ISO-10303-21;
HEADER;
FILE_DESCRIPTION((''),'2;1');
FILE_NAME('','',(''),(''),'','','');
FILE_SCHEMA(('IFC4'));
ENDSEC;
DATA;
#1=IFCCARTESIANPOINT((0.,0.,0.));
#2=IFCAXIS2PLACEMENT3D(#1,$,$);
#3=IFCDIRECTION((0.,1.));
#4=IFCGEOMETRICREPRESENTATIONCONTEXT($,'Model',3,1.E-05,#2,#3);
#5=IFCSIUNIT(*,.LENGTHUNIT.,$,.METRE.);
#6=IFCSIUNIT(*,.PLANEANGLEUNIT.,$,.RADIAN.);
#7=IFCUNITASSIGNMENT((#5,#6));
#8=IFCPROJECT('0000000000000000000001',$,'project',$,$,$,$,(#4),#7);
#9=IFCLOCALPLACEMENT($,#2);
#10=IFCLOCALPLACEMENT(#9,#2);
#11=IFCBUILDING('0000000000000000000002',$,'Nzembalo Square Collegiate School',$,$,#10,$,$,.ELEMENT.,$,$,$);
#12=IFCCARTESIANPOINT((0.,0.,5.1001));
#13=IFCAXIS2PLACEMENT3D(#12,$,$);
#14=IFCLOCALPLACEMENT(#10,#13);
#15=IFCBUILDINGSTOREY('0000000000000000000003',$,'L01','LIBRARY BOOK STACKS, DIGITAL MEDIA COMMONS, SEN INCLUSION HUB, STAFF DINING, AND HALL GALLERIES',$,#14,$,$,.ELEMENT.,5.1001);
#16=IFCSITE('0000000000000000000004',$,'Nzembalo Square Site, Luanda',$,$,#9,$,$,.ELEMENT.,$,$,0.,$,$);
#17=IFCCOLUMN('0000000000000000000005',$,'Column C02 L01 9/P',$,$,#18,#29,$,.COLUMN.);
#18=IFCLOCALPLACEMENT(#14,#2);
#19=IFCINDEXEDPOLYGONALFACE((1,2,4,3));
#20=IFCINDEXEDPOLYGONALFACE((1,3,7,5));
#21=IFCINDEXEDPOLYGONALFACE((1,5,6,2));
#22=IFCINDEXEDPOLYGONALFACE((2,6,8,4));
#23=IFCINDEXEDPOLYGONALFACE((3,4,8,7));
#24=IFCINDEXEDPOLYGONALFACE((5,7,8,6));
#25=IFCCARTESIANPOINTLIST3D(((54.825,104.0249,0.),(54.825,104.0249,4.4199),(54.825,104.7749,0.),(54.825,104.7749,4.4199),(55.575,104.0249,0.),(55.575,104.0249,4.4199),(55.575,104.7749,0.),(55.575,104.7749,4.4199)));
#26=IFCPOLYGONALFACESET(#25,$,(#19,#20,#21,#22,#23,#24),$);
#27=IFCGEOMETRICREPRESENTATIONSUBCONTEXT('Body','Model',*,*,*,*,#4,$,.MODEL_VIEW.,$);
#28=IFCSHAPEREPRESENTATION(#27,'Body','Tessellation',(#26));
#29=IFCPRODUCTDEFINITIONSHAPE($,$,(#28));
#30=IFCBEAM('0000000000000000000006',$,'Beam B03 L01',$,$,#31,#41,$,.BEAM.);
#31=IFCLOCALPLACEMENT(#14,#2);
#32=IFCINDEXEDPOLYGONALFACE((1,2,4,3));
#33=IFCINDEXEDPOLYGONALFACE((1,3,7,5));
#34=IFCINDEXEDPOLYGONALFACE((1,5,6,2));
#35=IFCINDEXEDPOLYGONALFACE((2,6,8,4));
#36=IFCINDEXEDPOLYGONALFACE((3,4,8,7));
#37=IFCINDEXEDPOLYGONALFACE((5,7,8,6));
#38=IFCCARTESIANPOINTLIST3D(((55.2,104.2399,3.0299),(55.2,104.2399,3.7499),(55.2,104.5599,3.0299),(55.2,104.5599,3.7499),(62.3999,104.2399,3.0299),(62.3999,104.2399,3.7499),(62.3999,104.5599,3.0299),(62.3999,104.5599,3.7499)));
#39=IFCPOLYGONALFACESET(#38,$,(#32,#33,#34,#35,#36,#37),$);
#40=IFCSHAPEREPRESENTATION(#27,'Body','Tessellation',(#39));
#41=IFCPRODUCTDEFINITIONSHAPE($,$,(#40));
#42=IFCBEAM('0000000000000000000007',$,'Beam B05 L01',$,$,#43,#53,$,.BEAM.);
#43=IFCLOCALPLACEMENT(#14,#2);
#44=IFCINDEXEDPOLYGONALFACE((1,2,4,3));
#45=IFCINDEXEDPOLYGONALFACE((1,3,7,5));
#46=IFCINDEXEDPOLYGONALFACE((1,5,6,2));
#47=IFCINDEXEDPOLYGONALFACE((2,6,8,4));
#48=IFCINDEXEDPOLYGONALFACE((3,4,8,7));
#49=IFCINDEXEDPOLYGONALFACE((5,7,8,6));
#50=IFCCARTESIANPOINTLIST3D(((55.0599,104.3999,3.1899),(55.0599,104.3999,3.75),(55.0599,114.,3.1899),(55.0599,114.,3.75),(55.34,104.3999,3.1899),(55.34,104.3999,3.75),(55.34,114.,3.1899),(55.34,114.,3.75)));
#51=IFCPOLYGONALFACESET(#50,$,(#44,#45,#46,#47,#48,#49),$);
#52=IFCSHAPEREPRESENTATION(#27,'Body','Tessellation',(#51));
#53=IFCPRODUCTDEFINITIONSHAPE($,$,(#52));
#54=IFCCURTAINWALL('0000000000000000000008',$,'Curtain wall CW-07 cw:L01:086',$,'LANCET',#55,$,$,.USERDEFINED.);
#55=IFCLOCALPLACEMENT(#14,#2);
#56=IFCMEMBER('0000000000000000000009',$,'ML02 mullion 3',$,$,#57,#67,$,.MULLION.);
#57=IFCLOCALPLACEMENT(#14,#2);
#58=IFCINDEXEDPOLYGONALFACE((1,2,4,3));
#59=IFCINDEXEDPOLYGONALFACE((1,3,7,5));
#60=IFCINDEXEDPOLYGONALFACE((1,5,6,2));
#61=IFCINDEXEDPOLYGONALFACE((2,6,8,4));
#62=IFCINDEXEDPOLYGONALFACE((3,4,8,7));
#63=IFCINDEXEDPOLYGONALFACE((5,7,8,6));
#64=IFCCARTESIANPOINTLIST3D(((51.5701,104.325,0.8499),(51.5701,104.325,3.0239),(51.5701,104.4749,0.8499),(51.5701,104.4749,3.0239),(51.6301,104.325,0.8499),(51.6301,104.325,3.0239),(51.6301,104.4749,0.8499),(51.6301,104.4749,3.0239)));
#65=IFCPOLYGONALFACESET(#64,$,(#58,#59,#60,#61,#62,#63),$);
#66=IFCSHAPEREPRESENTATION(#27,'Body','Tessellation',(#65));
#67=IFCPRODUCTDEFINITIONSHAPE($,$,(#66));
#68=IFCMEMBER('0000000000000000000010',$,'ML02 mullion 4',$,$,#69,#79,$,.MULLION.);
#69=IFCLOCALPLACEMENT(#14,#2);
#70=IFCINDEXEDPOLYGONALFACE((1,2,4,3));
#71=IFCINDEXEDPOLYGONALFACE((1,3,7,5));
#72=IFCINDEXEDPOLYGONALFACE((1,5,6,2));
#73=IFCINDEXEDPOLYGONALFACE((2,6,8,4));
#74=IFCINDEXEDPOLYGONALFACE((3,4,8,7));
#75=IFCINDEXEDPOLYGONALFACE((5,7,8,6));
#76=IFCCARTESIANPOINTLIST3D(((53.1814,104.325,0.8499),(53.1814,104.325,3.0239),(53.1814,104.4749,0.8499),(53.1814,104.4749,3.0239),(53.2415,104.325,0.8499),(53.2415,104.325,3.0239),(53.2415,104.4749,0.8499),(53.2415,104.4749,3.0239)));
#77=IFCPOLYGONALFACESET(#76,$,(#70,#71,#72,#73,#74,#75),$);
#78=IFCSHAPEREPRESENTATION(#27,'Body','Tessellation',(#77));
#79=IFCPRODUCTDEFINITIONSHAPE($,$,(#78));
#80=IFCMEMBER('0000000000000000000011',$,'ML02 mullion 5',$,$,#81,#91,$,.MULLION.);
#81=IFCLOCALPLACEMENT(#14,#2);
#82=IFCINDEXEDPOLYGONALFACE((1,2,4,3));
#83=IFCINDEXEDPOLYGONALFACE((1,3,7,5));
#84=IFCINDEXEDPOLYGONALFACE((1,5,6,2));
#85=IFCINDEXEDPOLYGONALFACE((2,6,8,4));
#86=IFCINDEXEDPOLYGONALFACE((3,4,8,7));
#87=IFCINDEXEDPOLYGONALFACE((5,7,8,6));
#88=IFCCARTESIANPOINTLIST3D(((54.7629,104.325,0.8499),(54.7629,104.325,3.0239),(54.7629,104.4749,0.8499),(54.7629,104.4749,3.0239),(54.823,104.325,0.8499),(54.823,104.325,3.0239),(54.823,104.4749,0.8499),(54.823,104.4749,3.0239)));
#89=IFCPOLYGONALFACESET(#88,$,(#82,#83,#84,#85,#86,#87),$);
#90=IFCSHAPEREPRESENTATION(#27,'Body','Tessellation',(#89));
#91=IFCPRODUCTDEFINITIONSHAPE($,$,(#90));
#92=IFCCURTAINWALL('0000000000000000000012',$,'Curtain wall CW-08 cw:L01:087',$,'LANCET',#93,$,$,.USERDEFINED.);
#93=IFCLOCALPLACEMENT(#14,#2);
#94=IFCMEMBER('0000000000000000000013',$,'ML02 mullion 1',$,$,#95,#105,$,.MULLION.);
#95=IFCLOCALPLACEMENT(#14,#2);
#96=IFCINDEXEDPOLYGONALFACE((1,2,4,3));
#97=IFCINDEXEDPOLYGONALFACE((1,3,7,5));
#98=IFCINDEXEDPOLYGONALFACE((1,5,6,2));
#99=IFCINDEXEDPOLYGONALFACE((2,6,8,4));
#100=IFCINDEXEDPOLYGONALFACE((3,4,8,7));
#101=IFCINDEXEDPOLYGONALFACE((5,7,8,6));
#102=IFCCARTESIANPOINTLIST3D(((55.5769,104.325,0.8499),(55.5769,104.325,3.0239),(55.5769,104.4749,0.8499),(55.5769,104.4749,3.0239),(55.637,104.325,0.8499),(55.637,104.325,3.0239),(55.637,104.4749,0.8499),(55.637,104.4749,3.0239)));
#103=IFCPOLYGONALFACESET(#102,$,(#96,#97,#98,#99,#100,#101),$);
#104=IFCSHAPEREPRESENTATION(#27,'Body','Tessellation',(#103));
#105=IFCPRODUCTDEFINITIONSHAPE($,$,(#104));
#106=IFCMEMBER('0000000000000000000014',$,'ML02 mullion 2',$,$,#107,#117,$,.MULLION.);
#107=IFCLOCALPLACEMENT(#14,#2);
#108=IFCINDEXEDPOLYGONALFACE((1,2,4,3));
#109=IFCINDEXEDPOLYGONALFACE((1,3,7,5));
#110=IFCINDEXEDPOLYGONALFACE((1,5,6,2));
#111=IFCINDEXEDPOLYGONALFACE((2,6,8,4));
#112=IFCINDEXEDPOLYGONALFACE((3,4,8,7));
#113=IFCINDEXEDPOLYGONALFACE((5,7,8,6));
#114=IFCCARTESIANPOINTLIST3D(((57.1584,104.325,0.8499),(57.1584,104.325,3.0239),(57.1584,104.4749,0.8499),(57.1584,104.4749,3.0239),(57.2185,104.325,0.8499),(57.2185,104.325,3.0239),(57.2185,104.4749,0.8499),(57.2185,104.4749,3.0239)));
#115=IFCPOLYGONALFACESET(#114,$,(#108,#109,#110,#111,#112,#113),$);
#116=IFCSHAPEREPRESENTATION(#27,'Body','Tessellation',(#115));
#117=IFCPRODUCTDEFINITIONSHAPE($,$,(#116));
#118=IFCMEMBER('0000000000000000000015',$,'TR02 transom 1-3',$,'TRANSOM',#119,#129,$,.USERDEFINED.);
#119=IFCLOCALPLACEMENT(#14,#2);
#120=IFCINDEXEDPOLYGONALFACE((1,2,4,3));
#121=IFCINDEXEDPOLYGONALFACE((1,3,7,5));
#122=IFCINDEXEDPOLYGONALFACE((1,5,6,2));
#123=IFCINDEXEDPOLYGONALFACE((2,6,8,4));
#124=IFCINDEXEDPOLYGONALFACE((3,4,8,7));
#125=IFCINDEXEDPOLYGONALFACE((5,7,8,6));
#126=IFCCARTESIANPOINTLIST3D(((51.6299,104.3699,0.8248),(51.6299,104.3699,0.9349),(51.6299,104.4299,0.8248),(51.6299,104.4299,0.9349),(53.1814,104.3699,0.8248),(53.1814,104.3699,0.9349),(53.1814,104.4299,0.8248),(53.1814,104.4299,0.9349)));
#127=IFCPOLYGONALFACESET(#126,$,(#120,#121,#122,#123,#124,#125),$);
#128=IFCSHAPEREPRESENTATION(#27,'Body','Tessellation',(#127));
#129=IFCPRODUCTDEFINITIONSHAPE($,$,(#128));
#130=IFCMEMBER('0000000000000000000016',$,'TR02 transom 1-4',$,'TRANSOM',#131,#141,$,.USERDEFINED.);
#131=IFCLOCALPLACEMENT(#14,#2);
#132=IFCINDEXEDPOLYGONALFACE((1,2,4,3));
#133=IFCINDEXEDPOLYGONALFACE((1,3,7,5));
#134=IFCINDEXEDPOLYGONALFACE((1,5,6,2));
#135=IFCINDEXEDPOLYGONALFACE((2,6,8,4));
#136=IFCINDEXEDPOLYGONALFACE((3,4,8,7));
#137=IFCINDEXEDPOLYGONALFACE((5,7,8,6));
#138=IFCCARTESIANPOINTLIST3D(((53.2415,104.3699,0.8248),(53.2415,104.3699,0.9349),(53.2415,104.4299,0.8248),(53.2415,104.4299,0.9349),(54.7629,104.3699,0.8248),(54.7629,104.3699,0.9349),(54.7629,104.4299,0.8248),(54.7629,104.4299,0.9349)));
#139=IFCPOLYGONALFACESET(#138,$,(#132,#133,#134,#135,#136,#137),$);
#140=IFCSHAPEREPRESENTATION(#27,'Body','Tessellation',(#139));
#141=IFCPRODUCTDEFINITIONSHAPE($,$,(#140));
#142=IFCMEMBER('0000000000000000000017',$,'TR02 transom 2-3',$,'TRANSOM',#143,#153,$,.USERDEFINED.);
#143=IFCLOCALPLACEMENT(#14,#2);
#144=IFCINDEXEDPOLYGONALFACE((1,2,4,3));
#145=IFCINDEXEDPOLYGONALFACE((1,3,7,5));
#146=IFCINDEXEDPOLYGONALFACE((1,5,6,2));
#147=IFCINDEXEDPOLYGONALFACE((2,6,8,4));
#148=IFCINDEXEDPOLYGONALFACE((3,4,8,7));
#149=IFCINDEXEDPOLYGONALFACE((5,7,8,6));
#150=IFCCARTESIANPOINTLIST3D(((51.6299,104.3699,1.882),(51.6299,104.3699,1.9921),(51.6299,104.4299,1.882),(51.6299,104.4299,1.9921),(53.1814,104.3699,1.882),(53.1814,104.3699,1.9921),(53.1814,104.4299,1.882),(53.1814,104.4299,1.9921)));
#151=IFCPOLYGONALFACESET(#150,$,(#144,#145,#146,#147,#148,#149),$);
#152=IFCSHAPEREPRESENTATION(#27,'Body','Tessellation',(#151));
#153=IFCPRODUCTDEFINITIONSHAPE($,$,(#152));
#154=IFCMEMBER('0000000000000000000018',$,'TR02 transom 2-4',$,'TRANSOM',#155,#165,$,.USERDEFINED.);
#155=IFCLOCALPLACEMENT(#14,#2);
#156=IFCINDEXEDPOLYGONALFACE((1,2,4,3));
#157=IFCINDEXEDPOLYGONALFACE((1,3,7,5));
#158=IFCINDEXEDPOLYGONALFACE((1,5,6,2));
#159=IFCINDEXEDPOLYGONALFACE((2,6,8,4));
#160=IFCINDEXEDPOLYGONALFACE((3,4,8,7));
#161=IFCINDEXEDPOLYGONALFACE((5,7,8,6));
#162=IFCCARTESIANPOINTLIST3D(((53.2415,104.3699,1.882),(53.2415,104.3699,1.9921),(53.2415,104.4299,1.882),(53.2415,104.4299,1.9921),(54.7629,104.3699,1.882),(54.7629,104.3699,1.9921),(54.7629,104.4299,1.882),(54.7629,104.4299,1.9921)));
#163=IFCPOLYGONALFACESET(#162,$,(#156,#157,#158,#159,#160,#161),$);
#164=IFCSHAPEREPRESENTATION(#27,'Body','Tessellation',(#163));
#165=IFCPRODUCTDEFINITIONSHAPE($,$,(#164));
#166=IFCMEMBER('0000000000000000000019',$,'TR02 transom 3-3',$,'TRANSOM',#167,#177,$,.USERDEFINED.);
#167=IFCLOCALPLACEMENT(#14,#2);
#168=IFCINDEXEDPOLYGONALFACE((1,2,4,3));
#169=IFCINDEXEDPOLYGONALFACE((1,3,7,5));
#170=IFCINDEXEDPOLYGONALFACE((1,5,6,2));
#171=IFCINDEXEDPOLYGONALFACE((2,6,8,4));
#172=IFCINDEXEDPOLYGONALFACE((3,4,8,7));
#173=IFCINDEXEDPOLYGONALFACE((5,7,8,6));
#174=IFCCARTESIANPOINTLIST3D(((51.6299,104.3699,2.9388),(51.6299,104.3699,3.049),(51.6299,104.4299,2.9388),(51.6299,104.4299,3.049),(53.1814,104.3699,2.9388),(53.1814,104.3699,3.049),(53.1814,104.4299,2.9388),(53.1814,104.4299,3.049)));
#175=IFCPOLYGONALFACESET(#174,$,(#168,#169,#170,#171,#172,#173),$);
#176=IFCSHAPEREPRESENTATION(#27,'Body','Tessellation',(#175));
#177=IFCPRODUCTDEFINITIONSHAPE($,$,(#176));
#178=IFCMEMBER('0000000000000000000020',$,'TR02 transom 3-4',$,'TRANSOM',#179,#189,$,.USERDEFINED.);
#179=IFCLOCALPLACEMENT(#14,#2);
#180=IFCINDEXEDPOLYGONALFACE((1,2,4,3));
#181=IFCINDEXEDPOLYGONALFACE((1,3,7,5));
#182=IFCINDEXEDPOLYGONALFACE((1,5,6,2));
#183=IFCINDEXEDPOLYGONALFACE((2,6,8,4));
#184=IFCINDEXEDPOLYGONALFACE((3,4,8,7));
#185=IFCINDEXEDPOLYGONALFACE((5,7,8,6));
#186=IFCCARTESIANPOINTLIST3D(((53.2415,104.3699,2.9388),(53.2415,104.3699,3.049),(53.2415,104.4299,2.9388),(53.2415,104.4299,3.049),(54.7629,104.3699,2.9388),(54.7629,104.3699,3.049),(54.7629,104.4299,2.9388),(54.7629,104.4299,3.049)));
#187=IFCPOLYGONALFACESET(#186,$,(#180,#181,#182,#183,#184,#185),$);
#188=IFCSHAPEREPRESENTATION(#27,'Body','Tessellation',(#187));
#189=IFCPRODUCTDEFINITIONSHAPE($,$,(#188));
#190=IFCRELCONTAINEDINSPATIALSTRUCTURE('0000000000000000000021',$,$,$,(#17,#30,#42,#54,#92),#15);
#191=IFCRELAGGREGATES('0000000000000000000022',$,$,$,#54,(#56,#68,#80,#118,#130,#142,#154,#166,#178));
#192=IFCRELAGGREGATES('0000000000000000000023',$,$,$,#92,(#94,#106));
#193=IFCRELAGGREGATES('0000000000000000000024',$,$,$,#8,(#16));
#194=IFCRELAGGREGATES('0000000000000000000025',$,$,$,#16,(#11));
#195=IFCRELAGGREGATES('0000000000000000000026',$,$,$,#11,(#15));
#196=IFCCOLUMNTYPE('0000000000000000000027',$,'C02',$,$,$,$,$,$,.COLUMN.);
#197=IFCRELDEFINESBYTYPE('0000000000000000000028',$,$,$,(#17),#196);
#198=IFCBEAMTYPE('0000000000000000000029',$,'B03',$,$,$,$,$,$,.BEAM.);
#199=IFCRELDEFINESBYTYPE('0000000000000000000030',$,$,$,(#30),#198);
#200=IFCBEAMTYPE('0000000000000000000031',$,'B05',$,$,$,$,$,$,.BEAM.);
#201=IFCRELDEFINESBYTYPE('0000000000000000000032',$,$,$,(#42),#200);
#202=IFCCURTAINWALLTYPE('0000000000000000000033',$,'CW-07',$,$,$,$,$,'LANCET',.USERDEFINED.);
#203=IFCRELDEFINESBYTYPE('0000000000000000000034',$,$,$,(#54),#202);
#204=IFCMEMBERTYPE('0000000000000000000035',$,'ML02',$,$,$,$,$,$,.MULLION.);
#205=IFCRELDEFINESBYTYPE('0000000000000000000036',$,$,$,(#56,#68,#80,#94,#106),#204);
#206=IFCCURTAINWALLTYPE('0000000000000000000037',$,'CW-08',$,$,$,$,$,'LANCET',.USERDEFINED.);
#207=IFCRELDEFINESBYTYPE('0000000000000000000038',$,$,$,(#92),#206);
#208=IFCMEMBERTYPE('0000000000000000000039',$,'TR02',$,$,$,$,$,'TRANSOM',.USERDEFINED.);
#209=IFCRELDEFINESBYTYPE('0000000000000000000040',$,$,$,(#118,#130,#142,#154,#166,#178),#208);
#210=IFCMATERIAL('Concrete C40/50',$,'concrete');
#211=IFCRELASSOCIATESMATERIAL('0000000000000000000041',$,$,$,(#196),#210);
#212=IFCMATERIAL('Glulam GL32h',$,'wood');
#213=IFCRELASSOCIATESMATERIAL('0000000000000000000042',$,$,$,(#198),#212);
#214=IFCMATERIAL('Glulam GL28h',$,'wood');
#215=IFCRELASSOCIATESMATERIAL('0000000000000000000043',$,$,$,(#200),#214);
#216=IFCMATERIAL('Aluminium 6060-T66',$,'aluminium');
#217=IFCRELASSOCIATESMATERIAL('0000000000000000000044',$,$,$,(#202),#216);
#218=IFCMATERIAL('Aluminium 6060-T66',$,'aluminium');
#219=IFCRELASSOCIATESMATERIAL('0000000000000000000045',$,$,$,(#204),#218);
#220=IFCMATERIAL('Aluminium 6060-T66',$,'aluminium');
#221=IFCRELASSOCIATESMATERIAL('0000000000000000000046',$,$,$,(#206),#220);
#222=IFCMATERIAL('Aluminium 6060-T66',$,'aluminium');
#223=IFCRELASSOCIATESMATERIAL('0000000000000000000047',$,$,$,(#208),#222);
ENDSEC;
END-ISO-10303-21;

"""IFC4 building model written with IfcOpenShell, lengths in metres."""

from ifc_helpers import new_model, si_unit, direction, frame, origin, origin_2d, place, context, subcontext, project, spatial, rectangle, extrude, material, material_profile, profile_set, type_object, element, aggregate, save


model = new_model("IFC4")

# Units and contexts
model_context = context("Model", 3, precision=1e-05, world=origin(), true_north=direction((0.0, 1.0)))
body_context = subcontext(model_context, "Body", "Model", "MODEL_VIEW")
ifc_project = project(units=[si_unit("LENGTHUNIT", "METRE"), si_unit("PLANEANGLEUNIT", "RADIAN")], contexts=[model_context])

# Site, building, storey
site_placement = place(None, origin())
site = spatial("IfcSite", under=ifc_project, at=site_placement, Name="Nzembalo Square Site, Luanda", CompositionType="ELEMENT", RefElevation=0.0)
building_placement = place(site_placement, origin())
building = spatial("IfcBuilding", under=site, at=building_placement, Name="Nzembalo Square Collegiate School", CompositionType="ELEMENT")
storey_placement = place(building_placement, frame((0.0, 0.0, 5.1001)))
storey = spatial("IfcBuildingStorey", under=building, at=storey_placement, Name="L01", Description="LIBRARY BOOK STACKS, DIGITAL MEDIA COMMONS, SEN INCLUSION HUB, STAFF DINING, AND HALL GALLERIES", CompositionType="ELEMENT", Elevation=5.1001)

# Column
ifc_material_1 = material(Name="Concrete C40/50", Category="concrete")
ifc_material_profile_1 = material_profile(ifc_material_1, rectangle(XDim=0.75, YDim=0.75, at=origin_2d()), Name="RC 750x750")
ifc_profile_set_1 = profile_set([ifc_material_profile_1], Name="Concrete C40/50")
column_type = type_object("IfcColumnType", Name="C02", PredefinedType="COLUMN", material=ifc_profile_set_1)
column_placement = place(storey_placement, frame((55.2, 104.3999, 0.0), z_axis=(0.0, 0.0, 1.0), x_axis=(1.0, 0.0, 0.0)))
element("IfcColumn", 1, at=column_placement, inside=storey, type_object=column_type, Name="Column C02 L01 9/P", PredefinedType="COLUMN", context=body_context, shape_type="SweptSolid", body=[
    extrude(rectangle(XDim=0.75, YDim=0.75, at=origin_2d()), origin(), (0.0, 0.0, 1.0), 4.4199),
])

# Beams
ifc_material_2 = material(Name="Glulam GL32h", Category="wood")
ifc_material_profile_2 = material_profile(ifc_material_2, rectangle(XDim=0.3201, YDim=0.72, at=origin_2d()), Name="GL32h 320x720")
ifc_profile_set_2 = profile_set([ifc_material_profile_2], Name="Glulam GL32h")
beam_type_1 = type_object("IfcBeamType", Name="B03", PredefinedType="BEAM", material=ifc_profile_set_2)
beam_1_placement = place(storey_placement, frame((55.2, 104.3999, 3.3899), z_axis=(1.0, 0.0, 0.0), x_axis=(0.0, 1.0, 0.0)))
element("IfcBeam", 2, at=beam_1_placement, inside=storey, type_object=beam_type_1, Name="Beam B03 L01", PredefinedType="BEAM", context=body_context, shape_type="SweptSolid", body=[
    extrude(rectangle(XDim=0.3201, YDim=0.72, at=origin_2d()), origin(), (0.0, 0.0, 1.0), 7.2),
])
ifc_material_3 = material(Name="Glulam GL28h", Category="wood")
ifc_material_profile_3 = material_profile(ifc_material_3, rectangle(XDim=0.28, YDim=0.5601, at=origin_2d()), Name="GL28h 280x560")
ifc_profile_set_3 = profile_set([ifc_material_profile_3], Name="Glulam GL28h")
beam_type_2 = type_object("IfcBeamType", Name="B05", PredefinedType="BEAM", material=ifc_profile_set_3)
beam_2_placement = place(storey_placement, frame((55.2, 104.3999, 3.47), z_axis=(0.0, 1.0, 0.0), x_axis=(-1.0, 0.0, 0.0)))
element("IfcBeam", 3, at=beam_2_placement, inside=storey, type_object=beam_type_2, Name="Beam B05 L01", PredefinedType="BEAM", context=body_context, shape_type="SweptSolid", body=[
    extrude(rectangle(XDim=0.28, YDim=0.5601, at=origin_2d()), origin(), (0.0, 0.0, 1.0), 9.6001),
])

# Curtain walls, members
ifc_material_4 = material(Name="Aluminium 6060-T66", Category="aluminium")
curtain_wall_type_1 = type_object("IfcCurtainWallType", Name="CW-07", ElementType="LANCET", PredefinedType="USERDEFINED", material=ifc_material_4)
curtain_wall_1_placement = place(storey_placement, origin())
curtain_wall_1 = element("IfcCurtainWall", 4, at=curtain_wall_1_placement, inside=storey, type_object=curtain_wall_type_1, Name="Curtain wall CW-07 cw:L01:086", ObjectType="LANCET", PredefinedType="USERDEFINED")
ifc_material_5 = material(Name="Aluminium 6060-T66", Category="aluminium")
ifc_material_profile_4 = material_profile(ifc_material_5, rectangle(XDim=0.0601, YDim=0.1499, at=origin_2d()), Name="ALU M60x150")
ifc_profile_set_4 = profile_set([ifc_material_profile_4], Name="Aluminium 6060-T66")
member_type_1 = type_object("IfcMemberType", Name="ML02", PredefinedType="MULLION", material=ifc_profile_set_4)
member_1_placement = place(storey_placement, frame((51.6001, 104.3999, 0.8499), z_axis=(0.0, 0.0, 1.0), x_axis=(1.0, 0.0, 0.0)))
member_1 = element("IfcMember", 5, at=member_1_placement, type_object=member_type_1, Name="ML02 mullion 3", PredefinedType="MULLION", context=body_context, shape_type="SweptSolid", body=[
    extrude(rectangle(XDim=0.0601, YDim=0.1499, at=origin_2d()), origin(), (0.0, 0.0, 1.0), 2.1741),
])
member_2_placement = place(storey_placement, frame((53.2114, 104.3999, 0.8499), z_axis=(0.0, 0.0, 1.0), x_axis=(1.0, 0.0, 0.0)))
member_2 = element("IfcMember", 6, at=member_2_placement, type_object=member_type_1, Name="ML02 mullion 4", PredefinedType="MULLION", context=body_context, shape_type="SweptSolid", body=[
    extrude(rectangle(XDim=0.0601, YDim=0.1499, at=origin_2d()), origin(), (0.0, 0.0, 1.0), 2.1741),
])
member_3_placement = place(storey_placement, frame((54.793, 104.3999, 0.8499), z_axis=(0.0, 0.0, 1.0), x_axis=(1.0, 0.0, 0.0)))
member_3 = element("IfcMember", 7, at=member_3_placement, type_object=member_type_1, Name="ML02 mullion 5", PredefinedType="MULLION", context=body_context, shape_type="SweptSolid", body=[
    extrude(rectangle(XDim=0.0601, YDim=0.1499, at=origin_2d()), origin(), (0.0, 0.0, 1.0), 2.1741),
])
ifc_material_6 = material(Name="Aluminium 6060-T66", Category="aluminium")
curtain_wall_type_2 = type_object("IfcCurtainWallType", Name="CW-08", ElementType="LANCET", PredefinedType="USERDEFINED", material=ifc_material_6)
curtain_wall_2_placement = place(storey_placement, origin())
curtain_wall_2 = element("IfcCurtainWall", 8, at=curtain_wall_2_placement, inside=storey, type_object=curtain_wall_type_2, Name="Curtain wall CW-08 cw:L01:087", ObjectType="LANCET", PredefinedType="USERDEFINED")
member_4_placement = place(storey_placement, frame((55.6069, 104.3999, 0.8499), z_axis=(0.0, 0.0, 1.0), x_axis=(1.0, 0.0, 0.0)))
member_4 = element("IfcMember", 9, at=member_4_placement, type_object=member_type_1, Name="ML02 mullion 1", PredefinedType="MULLION", context=body_context, shape_type="SweptSolid", body=[
    extrude(rectangle(XDim=0.0601, YDim=0.1499, at=origin_2d()), origin(), (0.0, 0.0, 1.0), 2.1741),
])
member_5_placement = place(storey_placement, frame((57.1885, 104.3999, 0.8499), z_axis=(0.0, 0.0, 1.0), x_axis=(1.0, 0.0, 0.0)))
member_5 = element("IfcMember", 10, at=member_5_placement, type_object=member_type_1, Name="ML02 mullion 2", PredefinedType="MULLION", context=body_context, shape_type="SweptSolid", body=[
    extrude(rectangle(XDim=0.0601, YDim=0.1499, at=origin_2d()), origin(), (0.0, 0.0, 1.0), 2.1741),
])

# Members
ifc_material_7 = material(Name="Aluminium 6060-T66", Category="aluminium")
ifc_material_profile_5 = material_profile(ifc_material_7, rectangle(XDim=0.0601, YDim=0.1101, at=origin_2d()), Name="ALU T60x110")
ifc_profile_set_5 = profile_set([ifc_material_profile_5], Name="Aluminium 6060-T66")
member_type_2 = type_object("IfcMemberType", Name="TR02", ElementType="TRANSOM", PredefinedType="USERDEFINED", material=ifc_profile_set_5)
member_6_placement = place(storey_placement, frame((51.6299, 104.3999, 0.8799), z_axis=(1.0, 0.0, 0.0), x_axis=(0.0, 1.0, 0.0)))
member_6 = element("IfcMember", 11, at=member_6_placement, type_object=member_type_2, Name="TR02 transom 1-3", ObjectType="TRANSOM", PredefinedType="USERDEFINED", context=body_context, shape_type="SweptSolid", body=[
    extrude(rectangle(XDim=0.0601, YDim=0.1101, at=origin_2d()), origin(), (0.0, 0.0, 1.0), 1.5515),
])
member_7_placement = place(storey_placement, frame((53.2415, 104.3999, 0.8799), z_axis=(1.0, 0.0, 0.0), x_axis=(0.0, 1.0, 0.0)))
member_7 = element("IfcMember", 12, at=member_7_placement, type_object=member_type_2, Name="TR02 transom 1-4", ObjectType="TRANSOM", PredefinedType="USERDEFINED", context=body_context, shape_type="SweptSolid", body=[
    extrude(rectangle(XDim=0.0601, YDim=0.1101, at=origin_2d()), origin(), (0.0, 0.0, 1.0), 1.5215),
])
member_8_placement = place(storey_placement, frame((51.6299, 104.3999, 1.937), z_axis=(1.0, 0.0, 0.0), x_axis=(0.0, 1.0, 0.0)))
member_8 = element("IfcMember", 13, at=member_8_placement, type_object=member_type_2, Name="TR02 transom 2-3", ObjectType="TRANSOM", PredefinedType="USERDEFINED", context=body_context, shape_type="SweptSolid", body=[
    extrude(rectangle(XDim=0.0601, YDim=0.1101, at=origin_2d()), origin(), (0.0, 0.0, 1.0), 1.5515),
])
member_9_placement = place(storey_placement, frame((53.2415, 104.3999, 1.937), z_axis=(1.0, 0.0, 0.0), x_axis=(0.0, 1.0, 0.0)))
member_9 = element("IfcMember", 14, at=member_9_placement, type_object=member_type_2, Name="TR02 transom 2-4", ObjectType="TRANSOM", PredefinedType="USERDEFINED", context=body_context, shape_type="SweptSolid", body=[
    extrude(rectangle(XDim=0.0601, YDim=0.1101, at=origin_2d()), origin(), (0.0, 0.0, 1.0), 1.5215),
])
member_10_placement = place(storey_placement, frame((51.6299, 104.3999, 2.9939), z_axis=(1.0, 0.0, 0.0), x_axis=(0.0, 1.0, 0.0)))
member_10 = element("IfcMember", 15, at=member_10_placement, type_object=member_type_2, Name="TR02 transom 3-3", ObjectType="TRANSOM", PredefinedType="USERDEFINED", context=body_context, shape_type="SweptSolid", body=[
    extrude(rectangle(XDim=0.0601, YDim=0.1101, at=origin_2d()), origin(), (0.0, 0.0, 1.0), 1.5515),
])
member_11_placement = place(storey_placement, frame((53.2415, 104.3999, 2.9939), z_axis=(1.0, 0.0, 0.0), x_axis=(0.0, 1.0, 0.0)))
member_11 = element("IfcMember", 16, at=member_11_placement, type_object=member_type_2, Name="TR02 transom 3-4", ObjectType="TRANSOM", PredefinedType="USERDEFINED", context=body_context, shape_type="SweptSolid", body=[
    extrude(rectangle(XDim=0.0601, YDim=0.1101, at=origin_2d()), origin(), (0.0, 0.0, 1.0), 1.5215),
])

aggregate(curtain_wall_1, [member_1, member_2, member_3, member_6, member_7, member_8, member_9, member_10, member_11])
aggregate(curtain_wall_2, [member_4, member_5])

save(model, "model.ifc")
